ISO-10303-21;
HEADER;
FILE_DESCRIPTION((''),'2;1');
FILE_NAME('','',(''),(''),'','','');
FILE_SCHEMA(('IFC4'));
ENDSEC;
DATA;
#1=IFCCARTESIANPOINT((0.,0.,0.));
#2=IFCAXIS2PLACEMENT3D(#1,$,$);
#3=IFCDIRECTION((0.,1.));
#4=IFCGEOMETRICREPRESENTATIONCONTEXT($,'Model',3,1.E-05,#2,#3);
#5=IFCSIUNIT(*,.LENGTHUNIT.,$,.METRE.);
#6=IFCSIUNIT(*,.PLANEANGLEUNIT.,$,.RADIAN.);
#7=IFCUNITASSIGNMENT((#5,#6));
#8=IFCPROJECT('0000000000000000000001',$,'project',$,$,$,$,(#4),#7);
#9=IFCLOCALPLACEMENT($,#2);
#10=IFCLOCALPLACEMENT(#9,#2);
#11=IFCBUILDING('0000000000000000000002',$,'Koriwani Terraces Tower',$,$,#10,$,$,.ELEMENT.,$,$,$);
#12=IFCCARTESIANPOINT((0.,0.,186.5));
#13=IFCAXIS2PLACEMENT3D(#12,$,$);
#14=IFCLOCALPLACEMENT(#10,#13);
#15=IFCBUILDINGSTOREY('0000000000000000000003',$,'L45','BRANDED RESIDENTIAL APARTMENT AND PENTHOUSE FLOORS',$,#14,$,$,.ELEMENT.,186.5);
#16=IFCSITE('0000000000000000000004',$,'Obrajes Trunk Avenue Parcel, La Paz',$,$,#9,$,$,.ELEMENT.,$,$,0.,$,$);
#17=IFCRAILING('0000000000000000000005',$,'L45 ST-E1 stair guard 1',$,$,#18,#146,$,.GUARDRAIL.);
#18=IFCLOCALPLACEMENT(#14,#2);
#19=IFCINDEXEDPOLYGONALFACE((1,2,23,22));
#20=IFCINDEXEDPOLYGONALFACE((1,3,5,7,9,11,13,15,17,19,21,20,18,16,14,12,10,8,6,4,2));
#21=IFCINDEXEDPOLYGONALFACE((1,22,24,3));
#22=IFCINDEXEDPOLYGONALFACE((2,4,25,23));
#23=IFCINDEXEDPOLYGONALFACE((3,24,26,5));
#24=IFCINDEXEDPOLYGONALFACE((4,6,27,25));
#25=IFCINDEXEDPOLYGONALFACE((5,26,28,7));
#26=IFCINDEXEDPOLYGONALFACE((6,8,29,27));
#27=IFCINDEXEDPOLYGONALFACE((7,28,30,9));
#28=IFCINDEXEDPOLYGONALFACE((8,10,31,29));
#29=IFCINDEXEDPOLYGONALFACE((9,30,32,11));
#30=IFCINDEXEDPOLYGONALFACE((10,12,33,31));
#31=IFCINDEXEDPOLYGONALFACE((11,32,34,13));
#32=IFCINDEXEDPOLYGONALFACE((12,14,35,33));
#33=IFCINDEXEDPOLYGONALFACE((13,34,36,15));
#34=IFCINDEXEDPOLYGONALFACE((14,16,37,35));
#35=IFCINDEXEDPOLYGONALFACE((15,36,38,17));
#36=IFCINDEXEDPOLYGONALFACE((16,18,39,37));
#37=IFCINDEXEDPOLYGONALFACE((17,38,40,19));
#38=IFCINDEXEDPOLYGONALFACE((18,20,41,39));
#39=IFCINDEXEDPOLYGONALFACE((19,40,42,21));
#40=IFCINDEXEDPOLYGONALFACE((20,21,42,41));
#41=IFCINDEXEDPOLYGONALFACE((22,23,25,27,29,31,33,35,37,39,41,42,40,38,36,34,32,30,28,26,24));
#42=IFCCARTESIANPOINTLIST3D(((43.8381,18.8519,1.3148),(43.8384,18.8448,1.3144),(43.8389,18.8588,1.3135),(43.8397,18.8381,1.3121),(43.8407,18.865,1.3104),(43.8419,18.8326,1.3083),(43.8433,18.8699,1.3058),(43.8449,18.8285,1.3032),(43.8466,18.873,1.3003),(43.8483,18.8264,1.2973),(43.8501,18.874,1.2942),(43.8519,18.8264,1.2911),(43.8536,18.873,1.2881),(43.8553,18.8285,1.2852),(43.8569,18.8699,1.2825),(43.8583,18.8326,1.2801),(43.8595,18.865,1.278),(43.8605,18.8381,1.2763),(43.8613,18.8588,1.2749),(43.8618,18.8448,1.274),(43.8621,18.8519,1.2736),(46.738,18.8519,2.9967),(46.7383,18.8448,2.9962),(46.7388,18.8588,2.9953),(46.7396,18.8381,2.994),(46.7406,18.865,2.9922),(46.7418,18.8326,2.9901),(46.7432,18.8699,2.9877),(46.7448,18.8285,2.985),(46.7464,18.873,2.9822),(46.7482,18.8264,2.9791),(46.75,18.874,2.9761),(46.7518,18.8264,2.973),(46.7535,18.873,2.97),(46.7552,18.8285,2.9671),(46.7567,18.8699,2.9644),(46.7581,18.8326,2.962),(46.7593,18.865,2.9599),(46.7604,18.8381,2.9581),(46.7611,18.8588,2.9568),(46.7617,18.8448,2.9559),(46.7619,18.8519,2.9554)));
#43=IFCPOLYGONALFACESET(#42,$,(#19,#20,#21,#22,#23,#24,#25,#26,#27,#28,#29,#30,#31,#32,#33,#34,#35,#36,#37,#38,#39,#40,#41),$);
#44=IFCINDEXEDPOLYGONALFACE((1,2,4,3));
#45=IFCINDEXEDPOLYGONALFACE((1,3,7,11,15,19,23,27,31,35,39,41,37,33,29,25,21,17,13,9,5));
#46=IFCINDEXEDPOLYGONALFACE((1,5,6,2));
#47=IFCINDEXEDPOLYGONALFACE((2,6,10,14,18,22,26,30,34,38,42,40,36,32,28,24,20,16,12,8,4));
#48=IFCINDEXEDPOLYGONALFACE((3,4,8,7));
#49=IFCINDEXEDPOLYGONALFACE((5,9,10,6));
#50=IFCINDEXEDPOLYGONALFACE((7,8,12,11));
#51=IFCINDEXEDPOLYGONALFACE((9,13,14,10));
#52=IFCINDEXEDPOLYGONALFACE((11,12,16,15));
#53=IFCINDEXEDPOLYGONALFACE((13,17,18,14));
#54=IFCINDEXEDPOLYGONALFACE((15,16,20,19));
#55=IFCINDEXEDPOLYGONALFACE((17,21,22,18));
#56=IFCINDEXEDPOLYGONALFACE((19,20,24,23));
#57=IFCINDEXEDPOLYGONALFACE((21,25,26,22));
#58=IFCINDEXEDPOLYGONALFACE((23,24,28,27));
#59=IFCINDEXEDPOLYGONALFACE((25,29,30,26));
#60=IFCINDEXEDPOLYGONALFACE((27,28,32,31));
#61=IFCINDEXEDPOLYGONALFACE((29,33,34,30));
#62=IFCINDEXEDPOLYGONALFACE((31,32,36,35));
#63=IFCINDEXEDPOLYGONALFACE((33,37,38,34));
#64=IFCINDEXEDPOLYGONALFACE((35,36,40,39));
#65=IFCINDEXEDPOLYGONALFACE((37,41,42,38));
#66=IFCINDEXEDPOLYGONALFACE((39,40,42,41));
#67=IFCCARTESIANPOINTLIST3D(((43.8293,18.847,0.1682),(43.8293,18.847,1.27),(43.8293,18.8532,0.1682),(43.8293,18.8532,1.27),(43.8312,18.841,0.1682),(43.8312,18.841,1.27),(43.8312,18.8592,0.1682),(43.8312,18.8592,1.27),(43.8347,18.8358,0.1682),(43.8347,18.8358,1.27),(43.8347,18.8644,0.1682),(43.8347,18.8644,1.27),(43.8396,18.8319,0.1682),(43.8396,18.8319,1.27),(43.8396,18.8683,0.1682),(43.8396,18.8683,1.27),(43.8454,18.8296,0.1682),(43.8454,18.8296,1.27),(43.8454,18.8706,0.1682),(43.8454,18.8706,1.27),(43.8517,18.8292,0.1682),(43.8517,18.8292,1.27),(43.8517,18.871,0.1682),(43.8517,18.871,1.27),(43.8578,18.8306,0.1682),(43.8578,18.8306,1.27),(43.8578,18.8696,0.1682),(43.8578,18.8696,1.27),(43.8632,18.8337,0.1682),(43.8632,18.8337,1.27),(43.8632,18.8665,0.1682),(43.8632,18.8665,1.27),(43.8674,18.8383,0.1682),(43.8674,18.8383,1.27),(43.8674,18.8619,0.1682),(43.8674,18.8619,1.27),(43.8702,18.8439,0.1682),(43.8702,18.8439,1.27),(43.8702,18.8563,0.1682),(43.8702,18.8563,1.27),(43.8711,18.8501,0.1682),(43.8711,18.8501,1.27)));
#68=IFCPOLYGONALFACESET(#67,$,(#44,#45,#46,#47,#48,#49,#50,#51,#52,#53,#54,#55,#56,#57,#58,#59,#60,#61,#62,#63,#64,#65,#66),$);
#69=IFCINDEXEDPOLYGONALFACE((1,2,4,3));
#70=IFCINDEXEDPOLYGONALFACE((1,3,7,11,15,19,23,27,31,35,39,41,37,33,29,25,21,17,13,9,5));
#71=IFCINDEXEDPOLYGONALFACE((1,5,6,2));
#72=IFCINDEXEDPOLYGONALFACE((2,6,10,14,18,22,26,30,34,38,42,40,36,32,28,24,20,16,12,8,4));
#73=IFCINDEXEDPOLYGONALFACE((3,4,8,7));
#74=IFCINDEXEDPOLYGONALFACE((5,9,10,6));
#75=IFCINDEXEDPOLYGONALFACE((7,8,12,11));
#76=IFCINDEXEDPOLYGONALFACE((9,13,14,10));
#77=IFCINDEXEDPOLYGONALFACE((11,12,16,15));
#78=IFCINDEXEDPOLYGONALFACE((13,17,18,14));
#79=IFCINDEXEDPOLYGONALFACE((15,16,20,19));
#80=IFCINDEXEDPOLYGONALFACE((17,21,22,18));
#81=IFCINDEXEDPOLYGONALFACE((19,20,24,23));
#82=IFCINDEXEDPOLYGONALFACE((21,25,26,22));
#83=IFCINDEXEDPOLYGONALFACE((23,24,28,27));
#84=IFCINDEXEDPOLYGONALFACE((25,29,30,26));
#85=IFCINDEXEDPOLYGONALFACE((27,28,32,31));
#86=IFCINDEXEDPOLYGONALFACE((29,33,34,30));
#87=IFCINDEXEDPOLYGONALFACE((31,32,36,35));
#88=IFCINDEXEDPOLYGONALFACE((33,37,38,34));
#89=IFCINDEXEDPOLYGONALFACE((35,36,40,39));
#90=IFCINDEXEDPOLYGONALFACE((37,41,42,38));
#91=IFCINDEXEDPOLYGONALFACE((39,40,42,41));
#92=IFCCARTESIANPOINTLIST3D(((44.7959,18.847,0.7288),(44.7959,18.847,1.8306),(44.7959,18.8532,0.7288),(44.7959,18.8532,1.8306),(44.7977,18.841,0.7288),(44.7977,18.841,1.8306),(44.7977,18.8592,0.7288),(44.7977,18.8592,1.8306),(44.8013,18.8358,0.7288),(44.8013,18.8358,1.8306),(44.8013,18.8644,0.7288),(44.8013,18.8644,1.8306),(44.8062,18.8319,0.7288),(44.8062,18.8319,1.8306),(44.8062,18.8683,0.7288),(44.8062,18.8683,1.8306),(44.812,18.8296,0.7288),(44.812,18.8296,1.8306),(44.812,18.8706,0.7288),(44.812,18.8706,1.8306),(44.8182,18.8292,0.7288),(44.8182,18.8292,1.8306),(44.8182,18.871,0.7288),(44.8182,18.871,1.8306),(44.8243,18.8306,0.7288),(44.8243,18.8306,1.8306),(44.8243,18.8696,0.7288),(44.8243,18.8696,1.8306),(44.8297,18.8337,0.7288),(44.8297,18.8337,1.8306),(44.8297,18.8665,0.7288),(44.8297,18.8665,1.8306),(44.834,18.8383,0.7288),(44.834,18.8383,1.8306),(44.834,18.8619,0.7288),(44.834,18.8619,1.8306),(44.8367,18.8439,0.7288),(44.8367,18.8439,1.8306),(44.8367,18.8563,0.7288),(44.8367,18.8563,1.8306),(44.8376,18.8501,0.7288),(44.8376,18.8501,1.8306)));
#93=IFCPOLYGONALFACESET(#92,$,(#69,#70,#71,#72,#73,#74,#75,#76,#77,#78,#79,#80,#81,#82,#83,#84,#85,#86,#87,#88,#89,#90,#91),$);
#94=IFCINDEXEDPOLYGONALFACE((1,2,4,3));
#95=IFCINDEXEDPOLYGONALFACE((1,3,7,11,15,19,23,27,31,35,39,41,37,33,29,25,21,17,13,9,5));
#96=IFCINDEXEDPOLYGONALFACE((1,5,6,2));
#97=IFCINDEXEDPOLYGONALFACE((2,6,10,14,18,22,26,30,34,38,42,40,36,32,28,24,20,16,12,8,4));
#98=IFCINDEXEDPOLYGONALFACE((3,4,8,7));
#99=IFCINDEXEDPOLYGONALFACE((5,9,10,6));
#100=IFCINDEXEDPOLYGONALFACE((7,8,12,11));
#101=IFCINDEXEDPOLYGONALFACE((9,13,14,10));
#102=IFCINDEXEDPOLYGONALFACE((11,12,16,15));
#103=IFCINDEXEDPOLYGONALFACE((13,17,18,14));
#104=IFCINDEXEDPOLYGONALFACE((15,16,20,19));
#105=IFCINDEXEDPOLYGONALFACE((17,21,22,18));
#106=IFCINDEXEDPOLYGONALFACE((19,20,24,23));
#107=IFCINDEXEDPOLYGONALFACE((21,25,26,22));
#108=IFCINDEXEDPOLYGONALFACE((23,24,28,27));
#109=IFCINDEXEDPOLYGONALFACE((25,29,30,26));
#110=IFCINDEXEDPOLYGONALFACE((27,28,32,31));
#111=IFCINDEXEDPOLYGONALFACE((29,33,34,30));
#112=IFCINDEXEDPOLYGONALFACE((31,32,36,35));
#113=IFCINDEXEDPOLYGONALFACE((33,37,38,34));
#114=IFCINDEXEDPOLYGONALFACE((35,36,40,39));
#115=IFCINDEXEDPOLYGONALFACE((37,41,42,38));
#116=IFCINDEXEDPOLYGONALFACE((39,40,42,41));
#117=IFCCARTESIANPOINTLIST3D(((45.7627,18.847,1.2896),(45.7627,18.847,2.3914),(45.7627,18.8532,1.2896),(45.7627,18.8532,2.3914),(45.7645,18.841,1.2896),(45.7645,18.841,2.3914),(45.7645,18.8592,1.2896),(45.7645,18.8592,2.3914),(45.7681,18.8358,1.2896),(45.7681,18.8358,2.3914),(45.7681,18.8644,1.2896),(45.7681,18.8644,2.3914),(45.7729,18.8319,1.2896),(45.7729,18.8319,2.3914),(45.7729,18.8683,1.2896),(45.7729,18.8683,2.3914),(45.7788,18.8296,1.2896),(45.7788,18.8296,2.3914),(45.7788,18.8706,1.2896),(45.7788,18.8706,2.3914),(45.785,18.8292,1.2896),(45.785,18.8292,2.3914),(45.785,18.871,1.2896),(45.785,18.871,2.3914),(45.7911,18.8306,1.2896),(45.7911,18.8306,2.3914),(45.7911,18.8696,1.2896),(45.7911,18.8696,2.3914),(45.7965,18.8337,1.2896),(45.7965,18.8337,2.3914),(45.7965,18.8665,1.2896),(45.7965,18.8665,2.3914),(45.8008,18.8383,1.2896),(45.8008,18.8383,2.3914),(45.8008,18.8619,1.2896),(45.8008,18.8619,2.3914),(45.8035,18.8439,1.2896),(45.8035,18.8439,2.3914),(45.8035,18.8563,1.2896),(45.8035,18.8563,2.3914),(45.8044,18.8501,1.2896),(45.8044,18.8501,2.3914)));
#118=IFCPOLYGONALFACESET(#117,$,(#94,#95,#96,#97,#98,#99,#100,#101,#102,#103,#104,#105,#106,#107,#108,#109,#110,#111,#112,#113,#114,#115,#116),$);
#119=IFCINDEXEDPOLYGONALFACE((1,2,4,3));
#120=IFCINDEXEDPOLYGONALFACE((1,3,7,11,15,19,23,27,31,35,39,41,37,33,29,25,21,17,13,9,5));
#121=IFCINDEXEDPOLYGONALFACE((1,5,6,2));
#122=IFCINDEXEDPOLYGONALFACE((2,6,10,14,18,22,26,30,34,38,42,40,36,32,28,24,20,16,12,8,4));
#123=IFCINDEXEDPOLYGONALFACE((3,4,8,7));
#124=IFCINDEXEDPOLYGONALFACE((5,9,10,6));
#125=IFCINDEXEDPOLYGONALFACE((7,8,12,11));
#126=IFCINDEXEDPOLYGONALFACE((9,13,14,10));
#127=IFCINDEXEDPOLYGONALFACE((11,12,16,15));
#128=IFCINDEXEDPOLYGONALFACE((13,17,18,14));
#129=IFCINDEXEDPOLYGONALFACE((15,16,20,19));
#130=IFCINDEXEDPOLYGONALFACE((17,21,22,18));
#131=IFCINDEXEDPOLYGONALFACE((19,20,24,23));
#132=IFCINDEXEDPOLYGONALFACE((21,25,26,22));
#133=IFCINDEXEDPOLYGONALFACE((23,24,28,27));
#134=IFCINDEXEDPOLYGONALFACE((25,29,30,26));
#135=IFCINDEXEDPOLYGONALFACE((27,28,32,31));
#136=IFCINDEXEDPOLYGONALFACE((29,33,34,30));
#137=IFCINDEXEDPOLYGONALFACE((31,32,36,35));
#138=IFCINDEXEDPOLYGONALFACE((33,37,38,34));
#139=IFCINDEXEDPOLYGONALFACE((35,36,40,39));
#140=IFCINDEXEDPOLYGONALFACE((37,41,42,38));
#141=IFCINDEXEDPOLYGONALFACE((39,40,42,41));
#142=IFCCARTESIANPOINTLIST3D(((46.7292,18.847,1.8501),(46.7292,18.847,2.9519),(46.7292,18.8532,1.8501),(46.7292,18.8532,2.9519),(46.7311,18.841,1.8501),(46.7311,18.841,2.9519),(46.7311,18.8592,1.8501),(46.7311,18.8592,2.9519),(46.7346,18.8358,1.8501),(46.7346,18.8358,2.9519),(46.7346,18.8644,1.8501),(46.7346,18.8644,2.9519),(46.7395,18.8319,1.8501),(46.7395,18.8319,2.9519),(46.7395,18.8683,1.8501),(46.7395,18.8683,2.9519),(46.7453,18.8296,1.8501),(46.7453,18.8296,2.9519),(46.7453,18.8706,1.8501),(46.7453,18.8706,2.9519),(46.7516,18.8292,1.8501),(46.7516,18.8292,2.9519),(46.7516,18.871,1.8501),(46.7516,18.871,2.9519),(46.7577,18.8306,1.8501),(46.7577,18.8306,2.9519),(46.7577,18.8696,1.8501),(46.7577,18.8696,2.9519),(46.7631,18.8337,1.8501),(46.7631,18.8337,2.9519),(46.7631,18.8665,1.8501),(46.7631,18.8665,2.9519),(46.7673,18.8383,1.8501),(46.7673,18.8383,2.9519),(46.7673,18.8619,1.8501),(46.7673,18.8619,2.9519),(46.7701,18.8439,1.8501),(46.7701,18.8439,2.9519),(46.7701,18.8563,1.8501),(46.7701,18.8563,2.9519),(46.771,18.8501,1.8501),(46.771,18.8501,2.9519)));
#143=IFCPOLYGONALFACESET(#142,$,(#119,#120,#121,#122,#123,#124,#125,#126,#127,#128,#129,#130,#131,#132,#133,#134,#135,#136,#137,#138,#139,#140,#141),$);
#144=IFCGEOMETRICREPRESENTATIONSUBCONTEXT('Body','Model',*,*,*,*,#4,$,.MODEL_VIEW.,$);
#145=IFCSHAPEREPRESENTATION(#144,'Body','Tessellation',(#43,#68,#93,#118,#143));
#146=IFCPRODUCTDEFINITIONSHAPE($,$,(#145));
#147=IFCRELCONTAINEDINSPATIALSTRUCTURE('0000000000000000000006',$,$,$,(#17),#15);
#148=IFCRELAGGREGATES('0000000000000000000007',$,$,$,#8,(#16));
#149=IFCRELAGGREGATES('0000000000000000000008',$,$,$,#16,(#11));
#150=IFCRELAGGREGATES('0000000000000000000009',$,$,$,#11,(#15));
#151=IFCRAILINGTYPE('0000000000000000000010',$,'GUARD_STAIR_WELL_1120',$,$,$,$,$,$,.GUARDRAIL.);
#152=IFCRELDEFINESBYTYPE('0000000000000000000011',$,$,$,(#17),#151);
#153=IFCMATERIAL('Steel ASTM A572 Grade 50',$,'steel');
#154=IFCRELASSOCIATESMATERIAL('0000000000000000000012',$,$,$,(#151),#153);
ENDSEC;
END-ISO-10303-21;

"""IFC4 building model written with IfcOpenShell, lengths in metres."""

from ifc_helpers import new_model, si_unit, direction, frame, origin, origin_2d, place, context, subcontext, project, spatial, circle, extrude, material, type_object, element, save


model = new_model("IFC4")

# Units and contexts
model_context = context("Model", 3, precision=1e-05, world=origin(), true_north=direction((0.0, 1.0)))
body_context = subcontext(model_context, "Body", "Model", "MODEL_VIEW")
ifc_project = project(units=[si_unit("LENGTHUNIT", "METRE"), si_unit("PLANEANGLEUNIT", "RADIAN")], contexts=[model_context])

# Site, building, storey
site_placement = place(None, origin())
site = spatial("IfcSite", under=ifc_project, at=site_placement, Name="Obrajes Trunk Avenue Parcel, La Paz", CompositionType="ELEMENT", RefElevation=0.0)
building_placement = place(site_placement, origin())
building = spatial("IfcBuilding", under=site, at=building_placement, Name="Koriwani Terraces Tower", CompositionType="ELEMENT")
storey_placement = place(building_placement, frame((0.0, 0.0, 186.5)))
storey = spatial("IfcBuildingStorey", under=building, at=storey_placement, Name="L45", Description="BRANDED RESIDENTIAL APARTMENT AND PENTHOUSE FLOORS", CompositionType="ELEMENT", Elevation=186.5)

# Shared definitions
ifc_material_1 = material(Name="Steel ASTM A572 Grade 50", Category="steel")

# Railing
railing_type_1 = type_object("IfcRailingType", Name="GUARD_STAIR_WELL_1120", PredefinedType="GUARDRAIL", material=ifc_material_1)
railing_1_placement = place(storey_placement, frame((43.8501, 18.8501, 0.1682)))
element("IfcRailing", 1, at=railing_1_placement, inside=storey, type_object=railing_type_1, Name="L45 ST-E1 stair guard 1", PredefinedType="GUARDRAIL", context=body_context, shape_type="SweptSolid", body=[
    extrude(circle(Radius=0.0239, at=origin_2d()), frame((0.0, 0.0, 1.126), z_axis=(0.865039, 0.0, 0.501705), x_axis=(0.0, 1.0, 0.0)), (0.0, 0.0, 1.0), 3.3523),
    extrude(circle(Radius=0.021, at=origin_2d()), origin(), (0.0, 0.0, 1.0), 1.1018),
    extrude(circle(Radius=0.021, at=origin_2d()), frame((0.9666, 0.0, 0.5605)), (0.0, 0.0, 1.0), 1.1018),
    extrude(circle(Radius=0.021, at=origin_2d()), frame((1.9333, 0.0, 1.1213)), (0.0, 0.0, 1.0), 1.1018),
    extrude(circle(Radius=0.021, at=origin_2d()), frame((2.8999, 0.0, 1.6819)), (0.0, 0.0, 1.0), 1.1018),
])

save(model, "model.ifc")
